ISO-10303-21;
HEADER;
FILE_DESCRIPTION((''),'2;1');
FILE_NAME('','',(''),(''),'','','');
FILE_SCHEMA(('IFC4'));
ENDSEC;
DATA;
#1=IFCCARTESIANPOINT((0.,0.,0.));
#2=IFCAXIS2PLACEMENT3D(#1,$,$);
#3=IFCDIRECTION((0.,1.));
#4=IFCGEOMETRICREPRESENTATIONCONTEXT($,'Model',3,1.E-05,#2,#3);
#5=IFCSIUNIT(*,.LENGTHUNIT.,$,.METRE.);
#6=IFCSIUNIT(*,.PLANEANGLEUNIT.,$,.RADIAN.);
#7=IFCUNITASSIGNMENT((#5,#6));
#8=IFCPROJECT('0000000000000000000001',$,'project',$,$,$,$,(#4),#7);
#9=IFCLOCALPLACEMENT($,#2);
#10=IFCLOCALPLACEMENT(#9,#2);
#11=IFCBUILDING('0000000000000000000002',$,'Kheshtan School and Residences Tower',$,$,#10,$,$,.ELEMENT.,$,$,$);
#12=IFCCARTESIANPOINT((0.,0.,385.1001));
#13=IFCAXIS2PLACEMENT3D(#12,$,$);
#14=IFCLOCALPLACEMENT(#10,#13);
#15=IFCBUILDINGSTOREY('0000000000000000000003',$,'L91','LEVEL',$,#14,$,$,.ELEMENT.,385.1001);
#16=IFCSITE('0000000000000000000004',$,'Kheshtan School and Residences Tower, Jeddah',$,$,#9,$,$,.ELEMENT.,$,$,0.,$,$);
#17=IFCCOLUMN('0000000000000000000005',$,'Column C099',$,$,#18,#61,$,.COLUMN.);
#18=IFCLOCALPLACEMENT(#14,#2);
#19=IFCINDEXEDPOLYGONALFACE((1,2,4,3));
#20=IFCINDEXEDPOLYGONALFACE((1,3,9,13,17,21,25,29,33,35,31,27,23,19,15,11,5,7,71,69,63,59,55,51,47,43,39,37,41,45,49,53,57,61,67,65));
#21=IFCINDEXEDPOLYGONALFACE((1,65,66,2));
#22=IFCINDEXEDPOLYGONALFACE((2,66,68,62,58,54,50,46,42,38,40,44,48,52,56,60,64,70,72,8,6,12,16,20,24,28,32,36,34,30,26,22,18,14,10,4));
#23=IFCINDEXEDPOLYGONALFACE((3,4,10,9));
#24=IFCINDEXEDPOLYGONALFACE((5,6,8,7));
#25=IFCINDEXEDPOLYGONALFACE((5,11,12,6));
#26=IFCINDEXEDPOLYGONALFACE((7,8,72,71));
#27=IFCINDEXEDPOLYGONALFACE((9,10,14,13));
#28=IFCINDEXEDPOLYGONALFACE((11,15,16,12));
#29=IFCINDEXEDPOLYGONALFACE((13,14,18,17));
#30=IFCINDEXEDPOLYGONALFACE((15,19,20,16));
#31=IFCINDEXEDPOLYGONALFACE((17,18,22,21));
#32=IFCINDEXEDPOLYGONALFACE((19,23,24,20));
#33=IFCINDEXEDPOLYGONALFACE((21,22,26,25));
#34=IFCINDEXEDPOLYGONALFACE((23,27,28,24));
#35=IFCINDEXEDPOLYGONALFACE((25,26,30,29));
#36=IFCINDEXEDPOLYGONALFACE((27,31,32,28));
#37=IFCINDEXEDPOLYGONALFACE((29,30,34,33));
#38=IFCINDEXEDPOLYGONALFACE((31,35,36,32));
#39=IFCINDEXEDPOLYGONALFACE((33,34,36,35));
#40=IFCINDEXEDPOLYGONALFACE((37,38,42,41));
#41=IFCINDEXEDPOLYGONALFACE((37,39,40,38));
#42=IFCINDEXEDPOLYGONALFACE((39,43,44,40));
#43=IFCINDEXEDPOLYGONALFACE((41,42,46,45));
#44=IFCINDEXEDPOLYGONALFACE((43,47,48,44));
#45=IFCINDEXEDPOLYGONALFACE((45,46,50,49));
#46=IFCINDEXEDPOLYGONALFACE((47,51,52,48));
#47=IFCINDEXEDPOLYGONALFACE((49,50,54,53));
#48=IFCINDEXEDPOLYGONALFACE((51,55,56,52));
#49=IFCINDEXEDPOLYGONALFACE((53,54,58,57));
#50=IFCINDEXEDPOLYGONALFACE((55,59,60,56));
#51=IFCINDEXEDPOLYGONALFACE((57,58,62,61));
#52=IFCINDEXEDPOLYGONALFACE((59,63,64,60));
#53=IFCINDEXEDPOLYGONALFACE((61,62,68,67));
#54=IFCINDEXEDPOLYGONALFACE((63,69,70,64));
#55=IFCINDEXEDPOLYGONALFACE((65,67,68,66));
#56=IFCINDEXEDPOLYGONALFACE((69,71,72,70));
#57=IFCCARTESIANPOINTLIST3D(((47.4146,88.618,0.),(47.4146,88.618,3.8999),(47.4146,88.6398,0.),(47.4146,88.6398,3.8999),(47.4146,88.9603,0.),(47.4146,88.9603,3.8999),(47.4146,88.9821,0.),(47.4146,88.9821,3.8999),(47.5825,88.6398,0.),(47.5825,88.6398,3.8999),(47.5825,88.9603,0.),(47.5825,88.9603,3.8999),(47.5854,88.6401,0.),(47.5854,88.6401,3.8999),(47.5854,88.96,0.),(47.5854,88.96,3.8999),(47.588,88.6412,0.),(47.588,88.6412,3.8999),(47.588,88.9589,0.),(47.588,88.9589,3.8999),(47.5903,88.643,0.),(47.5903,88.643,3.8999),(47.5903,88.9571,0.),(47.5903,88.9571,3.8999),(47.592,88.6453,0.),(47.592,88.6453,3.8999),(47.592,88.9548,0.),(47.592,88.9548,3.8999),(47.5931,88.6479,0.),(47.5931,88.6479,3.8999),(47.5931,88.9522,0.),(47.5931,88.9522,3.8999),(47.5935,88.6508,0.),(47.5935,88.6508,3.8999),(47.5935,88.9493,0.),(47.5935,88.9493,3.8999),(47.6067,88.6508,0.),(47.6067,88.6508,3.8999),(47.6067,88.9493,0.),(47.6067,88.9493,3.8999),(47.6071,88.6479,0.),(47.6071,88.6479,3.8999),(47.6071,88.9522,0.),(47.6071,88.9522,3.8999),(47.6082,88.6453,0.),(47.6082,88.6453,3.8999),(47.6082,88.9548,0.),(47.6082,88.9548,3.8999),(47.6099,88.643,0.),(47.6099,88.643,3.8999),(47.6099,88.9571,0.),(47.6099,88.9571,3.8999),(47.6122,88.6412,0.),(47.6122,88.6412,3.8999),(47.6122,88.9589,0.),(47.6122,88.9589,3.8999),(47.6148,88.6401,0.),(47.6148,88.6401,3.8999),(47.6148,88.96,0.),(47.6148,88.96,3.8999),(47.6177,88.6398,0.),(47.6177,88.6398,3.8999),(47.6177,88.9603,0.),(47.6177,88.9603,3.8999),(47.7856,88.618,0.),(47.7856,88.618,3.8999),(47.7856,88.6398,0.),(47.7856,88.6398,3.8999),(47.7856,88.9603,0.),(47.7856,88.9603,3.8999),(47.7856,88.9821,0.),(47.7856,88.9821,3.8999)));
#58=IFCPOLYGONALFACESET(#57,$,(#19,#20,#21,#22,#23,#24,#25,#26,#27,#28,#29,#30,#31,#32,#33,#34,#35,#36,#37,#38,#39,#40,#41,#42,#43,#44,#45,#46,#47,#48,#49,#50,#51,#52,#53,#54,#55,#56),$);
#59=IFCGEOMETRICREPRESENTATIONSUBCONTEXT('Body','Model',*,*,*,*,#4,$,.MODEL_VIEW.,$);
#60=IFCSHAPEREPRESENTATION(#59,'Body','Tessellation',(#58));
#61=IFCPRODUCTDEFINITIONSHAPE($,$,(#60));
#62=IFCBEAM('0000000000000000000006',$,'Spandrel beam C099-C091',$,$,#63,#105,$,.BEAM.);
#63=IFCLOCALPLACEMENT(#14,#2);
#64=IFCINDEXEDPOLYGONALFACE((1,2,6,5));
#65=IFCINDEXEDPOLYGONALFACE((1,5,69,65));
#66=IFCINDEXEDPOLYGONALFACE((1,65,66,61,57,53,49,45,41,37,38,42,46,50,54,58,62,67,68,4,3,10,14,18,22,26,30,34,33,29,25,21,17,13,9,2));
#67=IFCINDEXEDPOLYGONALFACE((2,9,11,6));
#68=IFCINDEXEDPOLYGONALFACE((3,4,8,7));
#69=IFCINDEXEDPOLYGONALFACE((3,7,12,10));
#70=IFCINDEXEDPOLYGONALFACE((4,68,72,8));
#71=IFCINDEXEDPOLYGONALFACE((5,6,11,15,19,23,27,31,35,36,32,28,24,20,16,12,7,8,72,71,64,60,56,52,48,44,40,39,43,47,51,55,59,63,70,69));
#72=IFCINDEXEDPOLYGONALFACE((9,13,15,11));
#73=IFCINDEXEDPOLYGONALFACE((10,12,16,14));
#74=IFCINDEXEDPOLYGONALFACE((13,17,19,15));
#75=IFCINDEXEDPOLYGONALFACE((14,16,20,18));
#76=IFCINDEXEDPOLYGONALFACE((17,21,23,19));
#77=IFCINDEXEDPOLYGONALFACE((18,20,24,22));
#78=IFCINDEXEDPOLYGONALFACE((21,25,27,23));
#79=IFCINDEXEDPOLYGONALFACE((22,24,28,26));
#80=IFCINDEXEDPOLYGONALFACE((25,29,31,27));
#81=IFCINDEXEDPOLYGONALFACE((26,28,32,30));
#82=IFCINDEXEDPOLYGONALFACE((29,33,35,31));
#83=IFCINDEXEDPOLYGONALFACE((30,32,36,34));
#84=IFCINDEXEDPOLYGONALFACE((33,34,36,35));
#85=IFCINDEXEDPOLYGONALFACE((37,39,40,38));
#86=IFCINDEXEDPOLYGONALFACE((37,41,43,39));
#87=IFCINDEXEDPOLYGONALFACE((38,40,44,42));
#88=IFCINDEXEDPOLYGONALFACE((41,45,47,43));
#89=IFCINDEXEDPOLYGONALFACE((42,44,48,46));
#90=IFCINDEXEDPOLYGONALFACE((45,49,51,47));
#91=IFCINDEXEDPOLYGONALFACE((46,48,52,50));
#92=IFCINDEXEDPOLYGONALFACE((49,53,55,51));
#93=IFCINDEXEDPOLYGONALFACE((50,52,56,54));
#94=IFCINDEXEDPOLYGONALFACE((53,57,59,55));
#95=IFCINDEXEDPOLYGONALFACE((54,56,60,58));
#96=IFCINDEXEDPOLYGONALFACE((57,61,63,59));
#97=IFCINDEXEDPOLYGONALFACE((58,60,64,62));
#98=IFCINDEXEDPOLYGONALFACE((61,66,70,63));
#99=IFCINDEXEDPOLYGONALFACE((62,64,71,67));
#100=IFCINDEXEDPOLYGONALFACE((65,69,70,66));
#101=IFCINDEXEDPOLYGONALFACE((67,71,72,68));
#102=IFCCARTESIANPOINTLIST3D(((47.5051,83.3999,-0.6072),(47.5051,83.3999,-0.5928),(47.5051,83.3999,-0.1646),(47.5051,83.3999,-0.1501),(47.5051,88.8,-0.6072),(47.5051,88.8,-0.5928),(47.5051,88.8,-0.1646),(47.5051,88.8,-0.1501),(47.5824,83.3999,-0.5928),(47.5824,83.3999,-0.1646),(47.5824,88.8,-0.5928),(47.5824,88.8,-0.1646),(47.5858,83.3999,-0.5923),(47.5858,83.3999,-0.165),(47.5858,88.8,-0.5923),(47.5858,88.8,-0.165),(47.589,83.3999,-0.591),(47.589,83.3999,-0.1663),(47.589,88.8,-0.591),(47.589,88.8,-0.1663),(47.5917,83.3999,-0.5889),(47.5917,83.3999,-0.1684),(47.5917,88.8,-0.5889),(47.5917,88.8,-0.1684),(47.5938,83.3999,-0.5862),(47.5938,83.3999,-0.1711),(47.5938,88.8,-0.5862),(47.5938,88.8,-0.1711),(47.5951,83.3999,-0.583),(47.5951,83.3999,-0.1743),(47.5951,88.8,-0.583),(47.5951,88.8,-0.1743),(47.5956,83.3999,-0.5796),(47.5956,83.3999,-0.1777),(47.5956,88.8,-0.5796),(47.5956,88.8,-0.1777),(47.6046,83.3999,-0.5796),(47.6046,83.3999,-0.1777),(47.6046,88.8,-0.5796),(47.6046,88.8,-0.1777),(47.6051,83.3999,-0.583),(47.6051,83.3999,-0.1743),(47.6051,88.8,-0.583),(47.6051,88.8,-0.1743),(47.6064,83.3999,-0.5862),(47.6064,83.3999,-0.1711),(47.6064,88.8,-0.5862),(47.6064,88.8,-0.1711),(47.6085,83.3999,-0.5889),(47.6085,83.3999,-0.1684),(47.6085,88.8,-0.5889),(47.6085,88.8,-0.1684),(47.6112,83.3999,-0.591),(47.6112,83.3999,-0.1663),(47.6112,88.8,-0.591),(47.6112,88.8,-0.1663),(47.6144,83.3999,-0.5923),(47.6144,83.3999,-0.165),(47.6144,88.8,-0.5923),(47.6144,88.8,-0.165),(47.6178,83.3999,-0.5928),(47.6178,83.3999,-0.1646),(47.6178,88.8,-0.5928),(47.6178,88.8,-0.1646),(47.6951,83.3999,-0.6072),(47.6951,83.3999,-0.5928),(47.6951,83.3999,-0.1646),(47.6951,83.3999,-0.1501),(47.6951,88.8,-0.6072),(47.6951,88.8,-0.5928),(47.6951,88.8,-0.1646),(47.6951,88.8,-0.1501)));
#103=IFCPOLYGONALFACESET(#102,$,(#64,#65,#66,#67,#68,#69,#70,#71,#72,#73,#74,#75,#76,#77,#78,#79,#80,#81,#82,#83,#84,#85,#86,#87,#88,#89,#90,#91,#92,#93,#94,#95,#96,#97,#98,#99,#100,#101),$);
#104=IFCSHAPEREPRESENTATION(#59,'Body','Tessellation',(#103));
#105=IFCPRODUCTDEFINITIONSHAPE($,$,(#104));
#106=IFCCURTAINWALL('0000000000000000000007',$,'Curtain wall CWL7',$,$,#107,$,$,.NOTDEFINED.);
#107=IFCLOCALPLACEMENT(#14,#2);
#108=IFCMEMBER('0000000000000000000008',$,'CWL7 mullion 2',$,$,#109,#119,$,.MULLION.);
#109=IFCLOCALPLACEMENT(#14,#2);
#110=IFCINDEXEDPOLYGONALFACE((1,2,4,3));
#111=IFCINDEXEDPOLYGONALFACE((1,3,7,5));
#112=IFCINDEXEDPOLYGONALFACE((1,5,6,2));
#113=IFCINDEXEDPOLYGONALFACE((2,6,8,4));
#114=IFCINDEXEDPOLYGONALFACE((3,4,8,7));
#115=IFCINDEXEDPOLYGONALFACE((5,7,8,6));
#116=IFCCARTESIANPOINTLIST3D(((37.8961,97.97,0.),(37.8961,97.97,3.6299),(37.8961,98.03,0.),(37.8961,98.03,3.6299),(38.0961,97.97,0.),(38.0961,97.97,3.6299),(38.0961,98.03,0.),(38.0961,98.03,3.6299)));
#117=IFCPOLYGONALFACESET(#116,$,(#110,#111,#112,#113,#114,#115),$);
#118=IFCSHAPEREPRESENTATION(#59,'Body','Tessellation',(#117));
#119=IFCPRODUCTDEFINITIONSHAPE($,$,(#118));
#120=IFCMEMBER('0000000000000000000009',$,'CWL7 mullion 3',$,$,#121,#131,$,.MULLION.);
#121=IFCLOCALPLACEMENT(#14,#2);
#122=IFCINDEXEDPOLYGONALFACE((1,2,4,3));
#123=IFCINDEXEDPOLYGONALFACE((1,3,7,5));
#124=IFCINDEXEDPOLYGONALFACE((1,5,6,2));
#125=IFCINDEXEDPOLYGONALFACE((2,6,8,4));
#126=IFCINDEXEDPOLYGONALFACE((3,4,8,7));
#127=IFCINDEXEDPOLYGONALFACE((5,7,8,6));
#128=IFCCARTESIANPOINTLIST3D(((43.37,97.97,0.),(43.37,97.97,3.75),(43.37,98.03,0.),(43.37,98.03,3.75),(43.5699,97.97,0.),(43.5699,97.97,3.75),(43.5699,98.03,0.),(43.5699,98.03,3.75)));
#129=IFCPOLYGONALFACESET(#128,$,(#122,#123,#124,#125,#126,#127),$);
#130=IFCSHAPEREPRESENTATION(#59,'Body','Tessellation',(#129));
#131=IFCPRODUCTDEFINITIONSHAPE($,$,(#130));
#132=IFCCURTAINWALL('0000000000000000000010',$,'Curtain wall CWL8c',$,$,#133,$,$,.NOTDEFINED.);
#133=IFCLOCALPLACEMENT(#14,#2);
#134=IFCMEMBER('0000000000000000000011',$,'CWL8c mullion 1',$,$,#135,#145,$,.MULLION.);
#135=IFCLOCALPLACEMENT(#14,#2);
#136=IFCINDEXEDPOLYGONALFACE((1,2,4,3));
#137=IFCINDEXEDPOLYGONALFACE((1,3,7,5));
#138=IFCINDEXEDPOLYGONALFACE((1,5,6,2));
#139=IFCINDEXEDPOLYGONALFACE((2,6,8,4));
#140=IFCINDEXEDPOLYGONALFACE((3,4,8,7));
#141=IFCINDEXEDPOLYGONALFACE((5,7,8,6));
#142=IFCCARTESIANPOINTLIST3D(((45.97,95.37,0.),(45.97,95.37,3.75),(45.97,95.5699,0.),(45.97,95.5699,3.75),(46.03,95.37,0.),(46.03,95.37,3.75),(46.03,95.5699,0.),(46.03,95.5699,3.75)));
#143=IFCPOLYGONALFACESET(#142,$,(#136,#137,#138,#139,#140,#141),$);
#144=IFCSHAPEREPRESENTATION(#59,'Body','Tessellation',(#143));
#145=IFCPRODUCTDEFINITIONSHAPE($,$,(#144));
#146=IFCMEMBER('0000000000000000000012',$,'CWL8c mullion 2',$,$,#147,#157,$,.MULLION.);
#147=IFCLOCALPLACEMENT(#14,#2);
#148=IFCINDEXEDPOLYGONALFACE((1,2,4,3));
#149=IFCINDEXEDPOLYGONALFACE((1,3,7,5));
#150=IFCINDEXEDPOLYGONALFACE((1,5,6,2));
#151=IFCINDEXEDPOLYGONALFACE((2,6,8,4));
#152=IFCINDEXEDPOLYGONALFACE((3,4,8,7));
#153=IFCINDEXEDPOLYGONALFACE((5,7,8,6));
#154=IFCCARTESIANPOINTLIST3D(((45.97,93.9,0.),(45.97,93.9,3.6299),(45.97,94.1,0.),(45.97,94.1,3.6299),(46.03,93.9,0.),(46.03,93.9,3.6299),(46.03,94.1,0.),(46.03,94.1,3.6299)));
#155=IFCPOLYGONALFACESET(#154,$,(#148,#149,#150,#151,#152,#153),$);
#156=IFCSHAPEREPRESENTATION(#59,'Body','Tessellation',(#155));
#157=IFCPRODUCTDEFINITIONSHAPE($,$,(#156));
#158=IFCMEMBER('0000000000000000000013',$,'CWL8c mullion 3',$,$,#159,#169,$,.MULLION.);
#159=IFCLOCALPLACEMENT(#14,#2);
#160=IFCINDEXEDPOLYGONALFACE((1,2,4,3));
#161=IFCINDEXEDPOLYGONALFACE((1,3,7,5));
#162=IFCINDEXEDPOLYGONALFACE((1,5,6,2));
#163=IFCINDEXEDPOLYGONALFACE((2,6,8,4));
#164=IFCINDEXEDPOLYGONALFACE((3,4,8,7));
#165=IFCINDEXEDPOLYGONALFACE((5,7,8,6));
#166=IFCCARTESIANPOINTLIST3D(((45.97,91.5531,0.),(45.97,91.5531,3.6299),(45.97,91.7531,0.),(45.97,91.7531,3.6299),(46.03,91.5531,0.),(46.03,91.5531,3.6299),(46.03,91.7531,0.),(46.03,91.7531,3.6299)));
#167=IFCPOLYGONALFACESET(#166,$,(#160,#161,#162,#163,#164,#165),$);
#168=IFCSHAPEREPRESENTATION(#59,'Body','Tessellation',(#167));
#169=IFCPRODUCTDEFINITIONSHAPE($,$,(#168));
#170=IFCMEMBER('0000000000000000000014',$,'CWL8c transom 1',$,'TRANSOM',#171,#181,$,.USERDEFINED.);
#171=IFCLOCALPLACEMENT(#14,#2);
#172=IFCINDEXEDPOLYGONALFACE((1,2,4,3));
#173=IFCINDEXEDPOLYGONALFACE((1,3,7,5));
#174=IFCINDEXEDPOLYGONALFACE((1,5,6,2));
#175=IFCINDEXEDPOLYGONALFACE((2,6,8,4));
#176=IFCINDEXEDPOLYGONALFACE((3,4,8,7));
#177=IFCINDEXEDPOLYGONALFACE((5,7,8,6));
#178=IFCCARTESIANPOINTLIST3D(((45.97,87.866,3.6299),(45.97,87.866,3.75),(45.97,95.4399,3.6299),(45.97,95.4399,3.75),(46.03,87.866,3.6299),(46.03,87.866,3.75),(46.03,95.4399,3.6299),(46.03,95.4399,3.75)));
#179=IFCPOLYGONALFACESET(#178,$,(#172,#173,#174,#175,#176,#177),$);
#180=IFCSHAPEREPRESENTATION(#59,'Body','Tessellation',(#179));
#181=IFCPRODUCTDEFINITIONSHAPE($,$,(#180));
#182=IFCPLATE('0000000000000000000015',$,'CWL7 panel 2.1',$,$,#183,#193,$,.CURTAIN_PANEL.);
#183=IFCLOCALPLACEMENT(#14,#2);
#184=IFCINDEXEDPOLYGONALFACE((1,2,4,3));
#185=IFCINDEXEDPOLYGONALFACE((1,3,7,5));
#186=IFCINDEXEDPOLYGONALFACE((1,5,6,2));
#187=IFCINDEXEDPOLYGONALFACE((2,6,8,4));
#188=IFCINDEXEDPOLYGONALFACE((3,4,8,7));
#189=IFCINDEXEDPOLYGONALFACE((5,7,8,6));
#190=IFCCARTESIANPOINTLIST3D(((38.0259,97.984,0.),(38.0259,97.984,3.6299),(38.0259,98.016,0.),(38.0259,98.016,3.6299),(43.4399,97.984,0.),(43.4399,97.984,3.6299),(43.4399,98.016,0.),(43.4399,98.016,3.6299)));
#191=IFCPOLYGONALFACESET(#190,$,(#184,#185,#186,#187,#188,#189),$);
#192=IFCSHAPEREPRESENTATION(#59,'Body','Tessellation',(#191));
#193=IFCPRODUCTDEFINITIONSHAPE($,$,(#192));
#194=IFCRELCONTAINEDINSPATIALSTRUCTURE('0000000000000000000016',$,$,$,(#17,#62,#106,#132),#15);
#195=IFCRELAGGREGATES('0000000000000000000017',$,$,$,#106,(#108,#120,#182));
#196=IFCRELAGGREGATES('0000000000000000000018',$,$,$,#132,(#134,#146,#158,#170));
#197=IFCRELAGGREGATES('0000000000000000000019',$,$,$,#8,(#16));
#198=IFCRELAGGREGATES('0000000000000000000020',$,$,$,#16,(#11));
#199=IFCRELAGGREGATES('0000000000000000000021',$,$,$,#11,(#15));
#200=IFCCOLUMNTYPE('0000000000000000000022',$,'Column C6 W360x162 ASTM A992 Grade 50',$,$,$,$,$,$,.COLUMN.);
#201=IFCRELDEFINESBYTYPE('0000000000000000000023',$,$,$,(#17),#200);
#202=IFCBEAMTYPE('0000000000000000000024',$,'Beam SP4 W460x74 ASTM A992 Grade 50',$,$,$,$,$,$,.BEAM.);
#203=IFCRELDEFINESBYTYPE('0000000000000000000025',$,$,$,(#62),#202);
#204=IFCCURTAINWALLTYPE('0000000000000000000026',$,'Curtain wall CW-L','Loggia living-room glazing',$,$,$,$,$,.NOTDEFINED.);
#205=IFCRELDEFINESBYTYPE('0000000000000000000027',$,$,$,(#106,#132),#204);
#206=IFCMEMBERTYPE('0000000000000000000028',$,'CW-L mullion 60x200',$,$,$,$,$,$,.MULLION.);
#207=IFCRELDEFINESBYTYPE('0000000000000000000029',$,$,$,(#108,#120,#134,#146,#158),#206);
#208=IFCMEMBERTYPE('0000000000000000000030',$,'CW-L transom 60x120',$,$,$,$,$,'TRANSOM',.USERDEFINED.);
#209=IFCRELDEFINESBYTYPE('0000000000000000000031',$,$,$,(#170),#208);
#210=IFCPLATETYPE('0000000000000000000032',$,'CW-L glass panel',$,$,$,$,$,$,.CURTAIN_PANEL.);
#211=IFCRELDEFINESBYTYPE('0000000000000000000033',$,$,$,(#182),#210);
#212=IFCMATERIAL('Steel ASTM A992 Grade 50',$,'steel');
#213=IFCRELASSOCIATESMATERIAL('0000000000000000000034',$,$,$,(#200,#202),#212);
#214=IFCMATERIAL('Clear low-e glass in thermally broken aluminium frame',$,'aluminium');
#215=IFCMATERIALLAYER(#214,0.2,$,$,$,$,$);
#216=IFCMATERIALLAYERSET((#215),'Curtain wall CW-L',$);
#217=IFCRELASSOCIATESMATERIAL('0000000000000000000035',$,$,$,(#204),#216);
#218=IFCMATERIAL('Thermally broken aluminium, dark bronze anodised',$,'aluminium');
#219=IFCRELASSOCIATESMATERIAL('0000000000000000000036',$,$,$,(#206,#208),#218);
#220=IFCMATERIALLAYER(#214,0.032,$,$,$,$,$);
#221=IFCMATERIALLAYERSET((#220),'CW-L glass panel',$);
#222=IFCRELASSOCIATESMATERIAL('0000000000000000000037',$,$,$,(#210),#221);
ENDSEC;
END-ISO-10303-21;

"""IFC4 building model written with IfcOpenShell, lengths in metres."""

from ifc_helpers import new_model, si_unit, direction, frame, origin, origin_2d, place, context, subcontext, project, spatial, rectangle, i_section, extrude, material, layer, layer_set, material_profile, profile_set, type_object, element, aggregate, save


model = new_model("IFC4")

# Units and contexts
model_context = context("Model", 3, precision=1e-05, world=origin(), true_north=direction((0.0, 1.0)))
body_context = subcontext(model_context, "Body", "Model", "MODEL_VIEW")
ifc_project = project(units=[si_unit("LENGTHUNIT", "METRE"), si_unit("PLANEANGLEUNIT", "RADIAN")], contexts=[model_context])

# Site, building, storey
site_placement = place(None, origin())
site = spatial("IfcSite", under=ifc_project, at=site_placement, Name="Kheshtan School and Residences Tower, Jeddah", CompositionType="ELEMENT", RefElevation=0.0)
building_placement = place(site_placement, origin())
building = spatial("IfcBuilding", under=site, at=building_placement, Name="Kheshtan School and Residences Tower", CompositionType="ELEMENT")
storey_placement = place(building_placement, frame((0.0, 0.0, 385.1001)))
storey = spatial("IfcBuildingStorey", under=building, at=storey_placement, Name="L91", Description="LEVEL", CompositionType="ELEMENT", Elevation=385.1001)

# Column
ifc_material_1 = material(Name="Steel ASTM A992 Grade 50", Category="steel")
ifc_material_profile_1 = material_profile(ifc_material_1, i_section(OverallWidth=0.3711, OverallDepth=0.364, WebThickness=0.0132, FlangeThickness=0.0217, FilletRadius=0.011, at=origin_2d()), Name="W360x162")
ifc_profile_set_1 = profile_set([ifc_material_profile_1], Name="Steel ASTM A992 Grade 50")
column_type = type_object("IfcColumnType", Name="Column C6 W360x162 ASTM A992 Grade 50", PredefinedType="COLUMN", material=ifc_profile_set_1)
column_placement = place(storey_placement, frame((47.6001, 88.8, 0.0), z_axis=(0.0, 0.0, 1.0), x_axis=(1.0, 0.0, 0.0)))
element("IfcColumn", 1, at=column_placement, inside=storey, type_object=column_type, Name="Column C099", PredefinedType="COLUMN", context=body_context, shape_type="SweptSolid", body=[
    extrude(i_section(OverallWidth=0.3711, OverallDepth=0.364, WebThickness=0.0132, FlangeThickness=0.0217, FilletRadius=0.011, at=origin_2d()), origin(), (0.0, 0.0, 1.0), 3.8999),
])

# Beam
ifc_material_profile_2 = material_profile(ifc_material_1, i_section(OverallWidth=0.1899, OverallDepth=0.457, WebThickness=0.009, FlangeThickness=0.0144, FilletRadius=0.0132, at=origin_2d()), Name="W460x74")
ifc_profile_set_2 = profile_set([ifc_material_profile_2], Name="Steel ASTM A992 Grade 50")
beam_type = type_object("IfcBeamType", Name="Beam SP4 W460x74 ASTM A992 Grade 50", PredefinedType="BEAM", material=ifc_profile_set_2)
beam_placement = place(storey_placement, frame((47.6001, 88.8, -0.3787), z_axis=(0.0, -1.0, 0.0), x_axis=(1.0, 0.0, 0.0)))
element("IfcBeam", 2, at=beam_placement, inside=storey, type_object=beam_type, Name="Spandrel beam C099-C091", PredefinedType="BEAM", context=body_context, shape_type="SweptSolid", body=[
    extrude(i_section(OverallWidth=0.1899, OverallDepth=0.457, WebThickness=0.009, FlangeThickness=0.0144, FilletRadius=0.0132, at=origin_2d()), origin(), (0.0, 0.0, 1.0), 5.4001),
])

# Curtain walls, members
ifc_material_2 = material(Name="Clear low-e glass in thermally broken aluminium frame", Category="aluminium")
ifc_layer_1 = layer(ifc_material_2, 0.2)
ifc_layer_set_1 = layer_set([ifc_layer_1], Name="Curtain wall CW-L")
curtain_wall_type = type_object("IfcCurtainWallType", Name="Curtain wall CW-L", Description="Loggia living-room glazing", PredefinedType="NOTDEFINED", material=ifc_layer_set_1)
curtain_wall_1_placement = place(storey_placement, origin())
curtain_wall_1 = element("IfcCurtainWall", 3, at=curtain_wall_1_placement, inside=storey, type_object=curtain_wall_type, Name="Curtain wall CWL7", PredefinedType="NOTDEFINED")
ifc_material_3 = material(Name="Thermally broken aluminium, dark bronze anodised", Category="aluminium")
ifc_material_profile_3 = material_profile(ifc_material_3, rectangle(XDim=0.0601, YDim=0.2, at=origin_2d()), Name="CW-L mullion 60x200")
ifc_profile_set_3 = profile_set([ifc_material_profile_3], Name="Thermally broken aluminium, dark bronze anodised")
member_type_1 = type_object("IfcMemberType", Name="CW-L mullion 60x200", PredefinedType="MULLION", material=ifc_profile_set_3)
member_1_placement = place(storey_placement, frame((37.9961, 98.0, 0.0), z_axis=(0.0, 0.0, 1.0), x_axis=(0.0, 1.0, 0.0)))
member_1 = element("IfcMember", 4, at=member_1_placement, type_object=member_type_1, Name="CWL7 mullion 2", PredefinedType="MULLION", context=body_context, shape_type="SweptSolid", body=[
    extrude(rectangle(XDim=0.0601, YDim=0.2, at=origin_2d()), origin(), (0.0, 0.0, 1.0), 3.6299),
])
member_2_placement = place(storey_placement, frame((43.47, 98.0, 0.0), z_axis=(0.0, 0.0, 1.0), x_axis=(0.0, 1.0, 0.0)))
member_2 = element("IfcMember", 5, at=member_2_placement, type_object=member_type_1, Name="CWL7 mullion 3", PredefinedType="MULLION", context=body_context, shape_type="SweptSolid", body=[
    extrude(rectangle(XDim=0.0601, YDim=0.2, at=origin_2d()), origin(), (0.0, 0.0, 1.0), 3.75),
])
curtain_wall_2_placement = place(storey_placement, origin())
curtain_wall_2 = element("IfcCurtainWall", 6, at=curtain_wall_2_placement, inside=storey, type_object=curtain_wall_type, Name="Curtain wall CWL8c", PredefinedType="NOTDEFINED")
member_3_placement = place(storey_placement, frame((46.0, 95.47, 0.0), z_axis=(0.0, 0.0, 1.0), x_axis=(1.0, 0.0, 0.0)))
member_3 = element("IfcMember", 7, at=member_3_placement, type_object=member_type_1, Name="CWL8c mullion 1", PredefinedType="MULLION", context=body_context, shape_type="SweptSolid", body=[
    extrude(rectangle(XDim=0.0601, YDim=0.2, at=origin_2d()), origin(), (0.0, 0.0, 1.0), 3.75),
])
member_4_placement = place(storey_placement, frame((46.0, 94.0, 0.0), z_axis=(0.0, 0.0, 1.0), x_axis=(1.0, 0.0, 0.0)))
member_4 = element("IfcMember", 8, at=member_4_placement, type_object=member_type_1, Name="CWL8c mullion 2", PredefinedType="MULLION", context=body_context, shape_type="SweptSolid", body=[
    extrude(rectangle(XDim=0.0601, YDim=0.2, at=origin_2d()), origin(), (0.0, 0.0, 1.0), 3.6299),
])
member_5_placement = place(storey_placement, frame((46.0, 91.6531, 0.0), z_axis=(0.0, 0.0, 1.0), x_axis=(1.0, 0.0, 0.0)))
member_5 = element("IfcMember", 9, at=member_5_placement, type_object=member_type_1, Name="CWL8c mullion 3", PredefinedType="MULLION", context=body_context, shape_type="SweptSolid", body=[
    extrude(rectangle(XDim=0.0601, YDim=0.2, at=origin_2d()), origin(), (0.0, 0.0, 1.0), 3.6299),
])
ifc_material_profile_4 = material_profile(ifc_material_3, rectangle(XDim=0.0601, YDim=0.1201, at=origin_2d()), Name="CW-L transom 60x120")
ifc_profile_set_4 = profile_set([ifc_material_profile_4], Name="Thermally broken aluminium, dark bronze anodised")
member_type_2 = type_object("IfcMemberType", Name="CW-L transom 60x120", ElementType="TRANSOM", PredefinedType="USERDEFINED", material=ifc_profile_set_4)
member_6_placement = place(storey_placement, frame((46.0, 95.4399, 3.6899), z_axis=(0.0, -1.0, 0.0), x_axis=(1.0, 0.0, 0.0)))
member_6 = element("IfcMember", 10, at=member_6_placement, type_object=member_type_2, Name="CWL8c transom 1", ObjectType="TRANSOM", PredefinedType="USERDEFINED", context=body_context, shape_type="SweptSolid", body=[
    extrude(rectangle(XDim=0.0601, YDim=0.1201, at=origin_2d()), origin(), (0.0, 0.0, 1.0), 7.574),
])

# Plate
ifc_layer_2 = layer(ifc_material_2, 0.032)
ifc_layer_set_2 = layer_set([ifc_layer_2], Name="CW-L glass panel")
plate_type = type_object("IfcPlateType", Name="CW-L glass panel", PredefinedType="CURTAIN_PANEL", material=ifc_layer_set_2)
plate_1_placement = place(storey_placement, frame((40.7329, 98.0, 0.0), z_axis=(0.0, 0.0, 1.0), x_axis=(1.0, 0.0, 0.0)))
plate_1 = element("IfcPlate", 11, at=plate_1_placement, type_object=plate_type, Name="CWL7 panel 2.1", PredefinedType="CURTAIN_PANEL", context=body_context, shape_type="SweptSolid", body=[
    extrude(rectangle(XDim=5.4141, YDim=0.032, at=origin_2d()), origin(), (0.0, 0.0, 1.0), 3.6299),
])
aggregate(curtain_wall_1, [member_1, member_2, plate_1])
aggregate(curtain_wall_2, [member_3, member_4, member_5, member_6])

save(model, "model.ifc")
